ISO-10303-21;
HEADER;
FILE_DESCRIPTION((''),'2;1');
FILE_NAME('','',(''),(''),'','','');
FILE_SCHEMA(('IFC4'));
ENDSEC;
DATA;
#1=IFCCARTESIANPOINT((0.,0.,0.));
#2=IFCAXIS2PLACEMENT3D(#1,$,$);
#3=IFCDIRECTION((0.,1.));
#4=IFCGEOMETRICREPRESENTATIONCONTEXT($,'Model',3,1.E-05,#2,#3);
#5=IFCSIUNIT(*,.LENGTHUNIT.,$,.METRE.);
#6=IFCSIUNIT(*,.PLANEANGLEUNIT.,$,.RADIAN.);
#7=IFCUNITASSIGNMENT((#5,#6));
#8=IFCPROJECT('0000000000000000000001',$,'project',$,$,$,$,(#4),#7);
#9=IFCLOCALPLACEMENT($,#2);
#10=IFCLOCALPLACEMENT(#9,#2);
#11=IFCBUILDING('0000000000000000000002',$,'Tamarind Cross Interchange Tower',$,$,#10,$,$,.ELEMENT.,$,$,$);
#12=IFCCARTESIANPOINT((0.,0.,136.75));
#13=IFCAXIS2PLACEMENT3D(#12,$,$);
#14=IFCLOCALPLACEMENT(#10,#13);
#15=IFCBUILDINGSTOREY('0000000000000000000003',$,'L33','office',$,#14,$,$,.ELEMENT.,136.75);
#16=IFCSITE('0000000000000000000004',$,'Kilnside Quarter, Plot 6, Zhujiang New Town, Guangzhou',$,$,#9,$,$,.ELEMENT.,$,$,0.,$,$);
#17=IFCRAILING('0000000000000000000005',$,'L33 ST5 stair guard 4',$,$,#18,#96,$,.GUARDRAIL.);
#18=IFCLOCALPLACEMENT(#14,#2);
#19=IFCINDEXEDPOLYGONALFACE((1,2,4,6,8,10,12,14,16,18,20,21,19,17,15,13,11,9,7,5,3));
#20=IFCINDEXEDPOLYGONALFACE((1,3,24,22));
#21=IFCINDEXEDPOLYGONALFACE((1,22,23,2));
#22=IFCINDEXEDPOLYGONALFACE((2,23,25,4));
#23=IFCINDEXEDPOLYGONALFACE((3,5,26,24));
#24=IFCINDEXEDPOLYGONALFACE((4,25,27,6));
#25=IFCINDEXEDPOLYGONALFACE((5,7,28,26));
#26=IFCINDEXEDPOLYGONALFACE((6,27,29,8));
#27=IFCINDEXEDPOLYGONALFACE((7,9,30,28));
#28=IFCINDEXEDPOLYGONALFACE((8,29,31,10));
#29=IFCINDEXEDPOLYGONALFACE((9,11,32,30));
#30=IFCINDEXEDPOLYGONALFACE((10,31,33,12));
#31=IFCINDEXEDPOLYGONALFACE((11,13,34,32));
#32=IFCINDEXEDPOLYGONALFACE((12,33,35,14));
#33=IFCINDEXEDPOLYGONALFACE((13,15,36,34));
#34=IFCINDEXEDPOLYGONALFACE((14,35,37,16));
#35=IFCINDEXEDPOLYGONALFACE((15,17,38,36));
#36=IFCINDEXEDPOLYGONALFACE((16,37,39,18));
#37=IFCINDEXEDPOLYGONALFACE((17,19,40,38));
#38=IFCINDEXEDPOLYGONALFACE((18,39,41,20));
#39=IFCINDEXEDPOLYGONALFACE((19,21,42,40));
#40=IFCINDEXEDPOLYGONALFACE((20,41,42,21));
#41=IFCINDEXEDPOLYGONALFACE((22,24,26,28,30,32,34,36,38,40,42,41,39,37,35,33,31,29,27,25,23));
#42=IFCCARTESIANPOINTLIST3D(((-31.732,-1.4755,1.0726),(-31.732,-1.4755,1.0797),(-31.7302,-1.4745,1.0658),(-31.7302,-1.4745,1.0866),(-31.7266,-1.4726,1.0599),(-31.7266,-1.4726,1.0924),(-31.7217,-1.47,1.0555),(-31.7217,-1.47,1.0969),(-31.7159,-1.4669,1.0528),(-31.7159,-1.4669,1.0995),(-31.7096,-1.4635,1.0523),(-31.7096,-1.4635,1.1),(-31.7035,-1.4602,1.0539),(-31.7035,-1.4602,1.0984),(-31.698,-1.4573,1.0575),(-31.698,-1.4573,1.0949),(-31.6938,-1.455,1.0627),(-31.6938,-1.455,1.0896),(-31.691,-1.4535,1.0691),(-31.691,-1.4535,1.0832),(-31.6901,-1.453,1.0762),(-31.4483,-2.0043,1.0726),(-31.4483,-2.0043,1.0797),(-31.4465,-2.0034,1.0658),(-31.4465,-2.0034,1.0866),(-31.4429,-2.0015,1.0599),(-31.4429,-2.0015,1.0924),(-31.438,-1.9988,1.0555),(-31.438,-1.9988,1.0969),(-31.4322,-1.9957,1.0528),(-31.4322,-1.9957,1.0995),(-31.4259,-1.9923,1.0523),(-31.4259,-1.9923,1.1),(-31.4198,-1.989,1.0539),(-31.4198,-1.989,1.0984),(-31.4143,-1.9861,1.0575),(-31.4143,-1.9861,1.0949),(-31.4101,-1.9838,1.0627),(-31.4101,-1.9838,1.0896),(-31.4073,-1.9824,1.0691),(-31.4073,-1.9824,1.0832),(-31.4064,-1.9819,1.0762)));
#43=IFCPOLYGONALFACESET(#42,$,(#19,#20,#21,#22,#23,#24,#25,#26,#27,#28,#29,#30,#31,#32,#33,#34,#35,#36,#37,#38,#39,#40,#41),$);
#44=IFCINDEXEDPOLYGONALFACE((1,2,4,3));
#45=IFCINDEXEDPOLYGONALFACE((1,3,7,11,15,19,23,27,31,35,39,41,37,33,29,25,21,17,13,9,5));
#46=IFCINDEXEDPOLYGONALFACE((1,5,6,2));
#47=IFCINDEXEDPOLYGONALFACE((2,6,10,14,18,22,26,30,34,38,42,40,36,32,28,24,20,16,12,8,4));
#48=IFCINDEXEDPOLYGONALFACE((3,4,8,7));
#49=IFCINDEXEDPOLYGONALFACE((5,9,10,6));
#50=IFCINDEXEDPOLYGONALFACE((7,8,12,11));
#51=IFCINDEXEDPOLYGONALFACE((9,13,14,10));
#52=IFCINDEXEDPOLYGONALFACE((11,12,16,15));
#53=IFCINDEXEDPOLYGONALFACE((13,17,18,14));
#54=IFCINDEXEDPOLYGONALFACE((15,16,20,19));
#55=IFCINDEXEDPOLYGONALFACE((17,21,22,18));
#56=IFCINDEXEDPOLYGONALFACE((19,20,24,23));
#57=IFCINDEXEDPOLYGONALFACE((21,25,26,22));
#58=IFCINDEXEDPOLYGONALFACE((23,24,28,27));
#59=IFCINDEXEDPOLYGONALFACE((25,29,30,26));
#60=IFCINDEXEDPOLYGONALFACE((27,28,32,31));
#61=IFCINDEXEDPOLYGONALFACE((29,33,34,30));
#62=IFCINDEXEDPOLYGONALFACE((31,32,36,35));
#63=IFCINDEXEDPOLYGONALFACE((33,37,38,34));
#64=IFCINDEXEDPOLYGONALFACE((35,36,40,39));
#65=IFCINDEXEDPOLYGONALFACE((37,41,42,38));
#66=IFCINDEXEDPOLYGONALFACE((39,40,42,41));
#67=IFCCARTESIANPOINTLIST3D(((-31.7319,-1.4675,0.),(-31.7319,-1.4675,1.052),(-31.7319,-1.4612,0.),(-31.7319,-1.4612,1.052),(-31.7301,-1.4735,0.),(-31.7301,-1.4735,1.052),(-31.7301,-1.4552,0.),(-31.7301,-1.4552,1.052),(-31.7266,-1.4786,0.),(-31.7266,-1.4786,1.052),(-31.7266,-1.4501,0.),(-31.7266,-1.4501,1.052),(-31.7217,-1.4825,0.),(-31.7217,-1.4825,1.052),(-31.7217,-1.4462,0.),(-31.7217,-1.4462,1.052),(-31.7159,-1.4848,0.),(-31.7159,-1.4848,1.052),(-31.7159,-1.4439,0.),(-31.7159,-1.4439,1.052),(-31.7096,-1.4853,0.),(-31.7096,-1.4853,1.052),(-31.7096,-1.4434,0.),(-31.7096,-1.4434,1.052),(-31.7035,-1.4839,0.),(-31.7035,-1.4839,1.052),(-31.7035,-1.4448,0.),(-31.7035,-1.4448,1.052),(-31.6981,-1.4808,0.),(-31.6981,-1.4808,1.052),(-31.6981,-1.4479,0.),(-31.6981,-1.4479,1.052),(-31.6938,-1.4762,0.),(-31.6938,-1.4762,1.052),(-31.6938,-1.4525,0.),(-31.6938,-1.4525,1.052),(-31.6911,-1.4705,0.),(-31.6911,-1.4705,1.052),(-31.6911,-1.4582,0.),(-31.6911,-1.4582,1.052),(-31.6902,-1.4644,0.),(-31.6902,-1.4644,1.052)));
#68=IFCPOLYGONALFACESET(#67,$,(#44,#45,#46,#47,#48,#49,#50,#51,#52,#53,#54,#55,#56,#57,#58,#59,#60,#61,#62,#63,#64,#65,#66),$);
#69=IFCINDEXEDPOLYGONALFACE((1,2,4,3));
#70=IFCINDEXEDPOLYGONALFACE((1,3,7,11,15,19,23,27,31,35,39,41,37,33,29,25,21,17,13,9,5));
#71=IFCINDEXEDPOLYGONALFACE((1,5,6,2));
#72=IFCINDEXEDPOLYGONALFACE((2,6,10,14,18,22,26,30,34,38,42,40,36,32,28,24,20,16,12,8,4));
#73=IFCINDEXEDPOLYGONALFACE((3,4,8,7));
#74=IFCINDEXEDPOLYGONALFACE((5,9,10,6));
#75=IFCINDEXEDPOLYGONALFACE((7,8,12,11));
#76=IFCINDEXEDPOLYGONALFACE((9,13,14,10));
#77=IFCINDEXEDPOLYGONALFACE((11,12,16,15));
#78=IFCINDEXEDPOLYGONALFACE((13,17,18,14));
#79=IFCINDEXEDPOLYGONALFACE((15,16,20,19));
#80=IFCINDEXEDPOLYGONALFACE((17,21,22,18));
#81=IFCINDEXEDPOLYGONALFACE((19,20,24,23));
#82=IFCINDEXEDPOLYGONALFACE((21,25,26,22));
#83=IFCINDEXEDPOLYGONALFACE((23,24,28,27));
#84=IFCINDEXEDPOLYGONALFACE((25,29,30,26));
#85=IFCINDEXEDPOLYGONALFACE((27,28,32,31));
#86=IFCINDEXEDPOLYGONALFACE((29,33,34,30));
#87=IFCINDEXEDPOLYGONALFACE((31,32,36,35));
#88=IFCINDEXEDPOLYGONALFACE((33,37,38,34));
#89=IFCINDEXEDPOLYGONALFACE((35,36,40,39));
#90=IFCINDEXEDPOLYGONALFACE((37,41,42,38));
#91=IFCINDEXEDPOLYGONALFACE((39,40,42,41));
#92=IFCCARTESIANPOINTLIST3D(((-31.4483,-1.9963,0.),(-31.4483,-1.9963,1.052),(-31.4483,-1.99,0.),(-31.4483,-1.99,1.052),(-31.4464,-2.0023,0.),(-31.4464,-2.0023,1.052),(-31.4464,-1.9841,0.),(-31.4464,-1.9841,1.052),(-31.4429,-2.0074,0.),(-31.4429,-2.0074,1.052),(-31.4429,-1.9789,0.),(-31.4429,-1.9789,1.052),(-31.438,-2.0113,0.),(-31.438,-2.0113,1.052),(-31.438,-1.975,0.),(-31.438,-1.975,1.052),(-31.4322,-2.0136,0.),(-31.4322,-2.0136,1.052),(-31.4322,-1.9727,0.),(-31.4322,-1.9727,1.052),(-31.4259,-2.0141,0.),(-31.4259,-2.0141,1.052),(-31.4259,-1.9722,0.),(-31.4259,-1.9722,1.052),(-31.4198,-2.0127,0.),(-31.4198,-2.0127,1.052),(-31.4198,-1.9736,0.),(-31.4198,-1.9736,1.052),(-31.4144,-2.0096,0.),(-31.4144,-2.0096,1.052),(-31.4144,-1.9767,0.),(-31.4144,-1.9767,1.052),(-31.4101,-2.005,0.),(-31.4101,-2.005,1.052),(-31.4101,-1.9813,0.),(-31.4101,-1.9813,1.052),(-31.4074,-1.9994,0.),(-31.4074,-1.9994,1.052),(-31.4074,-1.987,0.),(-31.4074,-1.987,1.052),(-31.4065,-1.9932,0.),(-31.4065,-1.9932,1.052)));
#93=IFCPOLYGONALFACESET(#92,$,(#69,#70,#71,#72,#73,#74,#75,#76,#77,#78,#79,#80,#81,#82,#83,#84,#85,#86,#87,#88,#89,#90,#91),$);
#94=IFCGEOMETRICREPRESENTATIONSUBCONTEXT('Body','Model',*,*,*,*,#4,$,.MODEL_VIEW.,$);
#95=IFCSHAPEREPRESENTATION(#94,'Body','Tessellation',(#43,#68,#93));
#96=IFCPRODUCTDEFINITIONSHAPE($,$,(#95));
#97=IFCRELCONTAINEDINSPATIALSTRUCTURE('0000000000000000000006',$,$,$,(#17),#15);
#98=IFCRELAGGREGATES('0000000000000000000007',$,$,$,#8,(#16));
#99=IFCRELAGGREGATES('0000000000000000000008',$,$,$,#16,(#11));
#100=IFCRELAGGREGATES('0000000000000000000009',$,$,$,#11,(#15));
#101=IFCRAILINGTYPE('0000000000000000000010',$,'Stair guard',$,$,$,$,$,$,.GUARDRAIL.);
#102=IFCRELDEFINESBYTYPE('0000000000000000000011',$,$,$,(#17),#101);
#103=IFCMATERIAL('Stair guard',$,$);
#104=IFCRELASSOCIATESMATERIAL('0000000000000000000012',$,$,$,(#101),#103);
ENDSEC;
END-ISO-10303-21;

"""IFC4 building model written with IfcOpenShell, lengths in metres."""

from ifc_helpers import new_model, si_unit, direction, frame, origin, origin_2d, place, context, subcontext, project, spatial, circle, extrude, material, type_object, element, save


model = new_model("IFC4")

# Units and contexts
model_context = context("Model", 3, precision=1e-05, world=origin(), true_north=direction((0.0, 1.0)))
body_context = subcontext(model_context, "Body", "Model", "MODEL_VIEW")
ifc_project = project(units=[si_unit("LENGTHUNIT", "METRE"), si_unit("PLANEANGLEUNIT", "RADIAN")], contexts=[model_context])

# Site, building, storey
site_placement = place(None, origin())
site = spatial("IfcSite", under=ifc_project, at=site_placement, Name="Kilnside Quarter, Plot 6, Zhujiang New Town, Guangzhou", CompositionType="ELEMENT", RefElevation=0.0)
building_placement = place(site_placement, origin())
building = spatial("IfcBuilding", under=site, at=building_placement, Name="Tamarind Cross Interchange Tower", CompositionType="ELEMENT")
storey_placement = place(building_placement, frame((0.0, 0.0, 136.75)))
storey = spatial("IfcBuildingStorey", under=building, at=storey_placement, Name="L33", Description="office", CompositionType="ELEMENT", Elevation=136.75)

# Railing
ifc_material_1 = material(Name="Stair guard")
railing_type_1 = type_object("IfcRailingType", Name="Stair guard", PredefinedType="GUARDRAIL", material=ifc_material_1)
railing_1_placement = place(storey_placement, frame((-31.7112, -1.4644, 0.0)))
element("IfcRailing", 1, at=railing_1_placement, inside=storey, type_object=railing_type_1, Name="L33 ST5 stair guard 4", PredefinedType="GUARDRAIL", context=body_context, shape_type="SweptSolid", body=[
    extrude(circle(Radius=0.0239, at=origin_2d()), frame((0.0, 0.0, 1.0762), z_axis=(0.472741, -0.881202, 0.0), x_axis=(0.881202, 0.472741, 0.0)), (0.0, 0.0, 1.0), 0.6001),
    extrude(circle(Radius=0.021, at=origin_2d()), origin(), (0.0, 0.0, 1.0), 1.052),
    extrude(circle(Radius=0.021, at=origin_2d()), frame((0.2837, -0.5288, 0.0)), (0.0, 0.0, 1.0), 1.052),
])

save(model, "model.ifc")
